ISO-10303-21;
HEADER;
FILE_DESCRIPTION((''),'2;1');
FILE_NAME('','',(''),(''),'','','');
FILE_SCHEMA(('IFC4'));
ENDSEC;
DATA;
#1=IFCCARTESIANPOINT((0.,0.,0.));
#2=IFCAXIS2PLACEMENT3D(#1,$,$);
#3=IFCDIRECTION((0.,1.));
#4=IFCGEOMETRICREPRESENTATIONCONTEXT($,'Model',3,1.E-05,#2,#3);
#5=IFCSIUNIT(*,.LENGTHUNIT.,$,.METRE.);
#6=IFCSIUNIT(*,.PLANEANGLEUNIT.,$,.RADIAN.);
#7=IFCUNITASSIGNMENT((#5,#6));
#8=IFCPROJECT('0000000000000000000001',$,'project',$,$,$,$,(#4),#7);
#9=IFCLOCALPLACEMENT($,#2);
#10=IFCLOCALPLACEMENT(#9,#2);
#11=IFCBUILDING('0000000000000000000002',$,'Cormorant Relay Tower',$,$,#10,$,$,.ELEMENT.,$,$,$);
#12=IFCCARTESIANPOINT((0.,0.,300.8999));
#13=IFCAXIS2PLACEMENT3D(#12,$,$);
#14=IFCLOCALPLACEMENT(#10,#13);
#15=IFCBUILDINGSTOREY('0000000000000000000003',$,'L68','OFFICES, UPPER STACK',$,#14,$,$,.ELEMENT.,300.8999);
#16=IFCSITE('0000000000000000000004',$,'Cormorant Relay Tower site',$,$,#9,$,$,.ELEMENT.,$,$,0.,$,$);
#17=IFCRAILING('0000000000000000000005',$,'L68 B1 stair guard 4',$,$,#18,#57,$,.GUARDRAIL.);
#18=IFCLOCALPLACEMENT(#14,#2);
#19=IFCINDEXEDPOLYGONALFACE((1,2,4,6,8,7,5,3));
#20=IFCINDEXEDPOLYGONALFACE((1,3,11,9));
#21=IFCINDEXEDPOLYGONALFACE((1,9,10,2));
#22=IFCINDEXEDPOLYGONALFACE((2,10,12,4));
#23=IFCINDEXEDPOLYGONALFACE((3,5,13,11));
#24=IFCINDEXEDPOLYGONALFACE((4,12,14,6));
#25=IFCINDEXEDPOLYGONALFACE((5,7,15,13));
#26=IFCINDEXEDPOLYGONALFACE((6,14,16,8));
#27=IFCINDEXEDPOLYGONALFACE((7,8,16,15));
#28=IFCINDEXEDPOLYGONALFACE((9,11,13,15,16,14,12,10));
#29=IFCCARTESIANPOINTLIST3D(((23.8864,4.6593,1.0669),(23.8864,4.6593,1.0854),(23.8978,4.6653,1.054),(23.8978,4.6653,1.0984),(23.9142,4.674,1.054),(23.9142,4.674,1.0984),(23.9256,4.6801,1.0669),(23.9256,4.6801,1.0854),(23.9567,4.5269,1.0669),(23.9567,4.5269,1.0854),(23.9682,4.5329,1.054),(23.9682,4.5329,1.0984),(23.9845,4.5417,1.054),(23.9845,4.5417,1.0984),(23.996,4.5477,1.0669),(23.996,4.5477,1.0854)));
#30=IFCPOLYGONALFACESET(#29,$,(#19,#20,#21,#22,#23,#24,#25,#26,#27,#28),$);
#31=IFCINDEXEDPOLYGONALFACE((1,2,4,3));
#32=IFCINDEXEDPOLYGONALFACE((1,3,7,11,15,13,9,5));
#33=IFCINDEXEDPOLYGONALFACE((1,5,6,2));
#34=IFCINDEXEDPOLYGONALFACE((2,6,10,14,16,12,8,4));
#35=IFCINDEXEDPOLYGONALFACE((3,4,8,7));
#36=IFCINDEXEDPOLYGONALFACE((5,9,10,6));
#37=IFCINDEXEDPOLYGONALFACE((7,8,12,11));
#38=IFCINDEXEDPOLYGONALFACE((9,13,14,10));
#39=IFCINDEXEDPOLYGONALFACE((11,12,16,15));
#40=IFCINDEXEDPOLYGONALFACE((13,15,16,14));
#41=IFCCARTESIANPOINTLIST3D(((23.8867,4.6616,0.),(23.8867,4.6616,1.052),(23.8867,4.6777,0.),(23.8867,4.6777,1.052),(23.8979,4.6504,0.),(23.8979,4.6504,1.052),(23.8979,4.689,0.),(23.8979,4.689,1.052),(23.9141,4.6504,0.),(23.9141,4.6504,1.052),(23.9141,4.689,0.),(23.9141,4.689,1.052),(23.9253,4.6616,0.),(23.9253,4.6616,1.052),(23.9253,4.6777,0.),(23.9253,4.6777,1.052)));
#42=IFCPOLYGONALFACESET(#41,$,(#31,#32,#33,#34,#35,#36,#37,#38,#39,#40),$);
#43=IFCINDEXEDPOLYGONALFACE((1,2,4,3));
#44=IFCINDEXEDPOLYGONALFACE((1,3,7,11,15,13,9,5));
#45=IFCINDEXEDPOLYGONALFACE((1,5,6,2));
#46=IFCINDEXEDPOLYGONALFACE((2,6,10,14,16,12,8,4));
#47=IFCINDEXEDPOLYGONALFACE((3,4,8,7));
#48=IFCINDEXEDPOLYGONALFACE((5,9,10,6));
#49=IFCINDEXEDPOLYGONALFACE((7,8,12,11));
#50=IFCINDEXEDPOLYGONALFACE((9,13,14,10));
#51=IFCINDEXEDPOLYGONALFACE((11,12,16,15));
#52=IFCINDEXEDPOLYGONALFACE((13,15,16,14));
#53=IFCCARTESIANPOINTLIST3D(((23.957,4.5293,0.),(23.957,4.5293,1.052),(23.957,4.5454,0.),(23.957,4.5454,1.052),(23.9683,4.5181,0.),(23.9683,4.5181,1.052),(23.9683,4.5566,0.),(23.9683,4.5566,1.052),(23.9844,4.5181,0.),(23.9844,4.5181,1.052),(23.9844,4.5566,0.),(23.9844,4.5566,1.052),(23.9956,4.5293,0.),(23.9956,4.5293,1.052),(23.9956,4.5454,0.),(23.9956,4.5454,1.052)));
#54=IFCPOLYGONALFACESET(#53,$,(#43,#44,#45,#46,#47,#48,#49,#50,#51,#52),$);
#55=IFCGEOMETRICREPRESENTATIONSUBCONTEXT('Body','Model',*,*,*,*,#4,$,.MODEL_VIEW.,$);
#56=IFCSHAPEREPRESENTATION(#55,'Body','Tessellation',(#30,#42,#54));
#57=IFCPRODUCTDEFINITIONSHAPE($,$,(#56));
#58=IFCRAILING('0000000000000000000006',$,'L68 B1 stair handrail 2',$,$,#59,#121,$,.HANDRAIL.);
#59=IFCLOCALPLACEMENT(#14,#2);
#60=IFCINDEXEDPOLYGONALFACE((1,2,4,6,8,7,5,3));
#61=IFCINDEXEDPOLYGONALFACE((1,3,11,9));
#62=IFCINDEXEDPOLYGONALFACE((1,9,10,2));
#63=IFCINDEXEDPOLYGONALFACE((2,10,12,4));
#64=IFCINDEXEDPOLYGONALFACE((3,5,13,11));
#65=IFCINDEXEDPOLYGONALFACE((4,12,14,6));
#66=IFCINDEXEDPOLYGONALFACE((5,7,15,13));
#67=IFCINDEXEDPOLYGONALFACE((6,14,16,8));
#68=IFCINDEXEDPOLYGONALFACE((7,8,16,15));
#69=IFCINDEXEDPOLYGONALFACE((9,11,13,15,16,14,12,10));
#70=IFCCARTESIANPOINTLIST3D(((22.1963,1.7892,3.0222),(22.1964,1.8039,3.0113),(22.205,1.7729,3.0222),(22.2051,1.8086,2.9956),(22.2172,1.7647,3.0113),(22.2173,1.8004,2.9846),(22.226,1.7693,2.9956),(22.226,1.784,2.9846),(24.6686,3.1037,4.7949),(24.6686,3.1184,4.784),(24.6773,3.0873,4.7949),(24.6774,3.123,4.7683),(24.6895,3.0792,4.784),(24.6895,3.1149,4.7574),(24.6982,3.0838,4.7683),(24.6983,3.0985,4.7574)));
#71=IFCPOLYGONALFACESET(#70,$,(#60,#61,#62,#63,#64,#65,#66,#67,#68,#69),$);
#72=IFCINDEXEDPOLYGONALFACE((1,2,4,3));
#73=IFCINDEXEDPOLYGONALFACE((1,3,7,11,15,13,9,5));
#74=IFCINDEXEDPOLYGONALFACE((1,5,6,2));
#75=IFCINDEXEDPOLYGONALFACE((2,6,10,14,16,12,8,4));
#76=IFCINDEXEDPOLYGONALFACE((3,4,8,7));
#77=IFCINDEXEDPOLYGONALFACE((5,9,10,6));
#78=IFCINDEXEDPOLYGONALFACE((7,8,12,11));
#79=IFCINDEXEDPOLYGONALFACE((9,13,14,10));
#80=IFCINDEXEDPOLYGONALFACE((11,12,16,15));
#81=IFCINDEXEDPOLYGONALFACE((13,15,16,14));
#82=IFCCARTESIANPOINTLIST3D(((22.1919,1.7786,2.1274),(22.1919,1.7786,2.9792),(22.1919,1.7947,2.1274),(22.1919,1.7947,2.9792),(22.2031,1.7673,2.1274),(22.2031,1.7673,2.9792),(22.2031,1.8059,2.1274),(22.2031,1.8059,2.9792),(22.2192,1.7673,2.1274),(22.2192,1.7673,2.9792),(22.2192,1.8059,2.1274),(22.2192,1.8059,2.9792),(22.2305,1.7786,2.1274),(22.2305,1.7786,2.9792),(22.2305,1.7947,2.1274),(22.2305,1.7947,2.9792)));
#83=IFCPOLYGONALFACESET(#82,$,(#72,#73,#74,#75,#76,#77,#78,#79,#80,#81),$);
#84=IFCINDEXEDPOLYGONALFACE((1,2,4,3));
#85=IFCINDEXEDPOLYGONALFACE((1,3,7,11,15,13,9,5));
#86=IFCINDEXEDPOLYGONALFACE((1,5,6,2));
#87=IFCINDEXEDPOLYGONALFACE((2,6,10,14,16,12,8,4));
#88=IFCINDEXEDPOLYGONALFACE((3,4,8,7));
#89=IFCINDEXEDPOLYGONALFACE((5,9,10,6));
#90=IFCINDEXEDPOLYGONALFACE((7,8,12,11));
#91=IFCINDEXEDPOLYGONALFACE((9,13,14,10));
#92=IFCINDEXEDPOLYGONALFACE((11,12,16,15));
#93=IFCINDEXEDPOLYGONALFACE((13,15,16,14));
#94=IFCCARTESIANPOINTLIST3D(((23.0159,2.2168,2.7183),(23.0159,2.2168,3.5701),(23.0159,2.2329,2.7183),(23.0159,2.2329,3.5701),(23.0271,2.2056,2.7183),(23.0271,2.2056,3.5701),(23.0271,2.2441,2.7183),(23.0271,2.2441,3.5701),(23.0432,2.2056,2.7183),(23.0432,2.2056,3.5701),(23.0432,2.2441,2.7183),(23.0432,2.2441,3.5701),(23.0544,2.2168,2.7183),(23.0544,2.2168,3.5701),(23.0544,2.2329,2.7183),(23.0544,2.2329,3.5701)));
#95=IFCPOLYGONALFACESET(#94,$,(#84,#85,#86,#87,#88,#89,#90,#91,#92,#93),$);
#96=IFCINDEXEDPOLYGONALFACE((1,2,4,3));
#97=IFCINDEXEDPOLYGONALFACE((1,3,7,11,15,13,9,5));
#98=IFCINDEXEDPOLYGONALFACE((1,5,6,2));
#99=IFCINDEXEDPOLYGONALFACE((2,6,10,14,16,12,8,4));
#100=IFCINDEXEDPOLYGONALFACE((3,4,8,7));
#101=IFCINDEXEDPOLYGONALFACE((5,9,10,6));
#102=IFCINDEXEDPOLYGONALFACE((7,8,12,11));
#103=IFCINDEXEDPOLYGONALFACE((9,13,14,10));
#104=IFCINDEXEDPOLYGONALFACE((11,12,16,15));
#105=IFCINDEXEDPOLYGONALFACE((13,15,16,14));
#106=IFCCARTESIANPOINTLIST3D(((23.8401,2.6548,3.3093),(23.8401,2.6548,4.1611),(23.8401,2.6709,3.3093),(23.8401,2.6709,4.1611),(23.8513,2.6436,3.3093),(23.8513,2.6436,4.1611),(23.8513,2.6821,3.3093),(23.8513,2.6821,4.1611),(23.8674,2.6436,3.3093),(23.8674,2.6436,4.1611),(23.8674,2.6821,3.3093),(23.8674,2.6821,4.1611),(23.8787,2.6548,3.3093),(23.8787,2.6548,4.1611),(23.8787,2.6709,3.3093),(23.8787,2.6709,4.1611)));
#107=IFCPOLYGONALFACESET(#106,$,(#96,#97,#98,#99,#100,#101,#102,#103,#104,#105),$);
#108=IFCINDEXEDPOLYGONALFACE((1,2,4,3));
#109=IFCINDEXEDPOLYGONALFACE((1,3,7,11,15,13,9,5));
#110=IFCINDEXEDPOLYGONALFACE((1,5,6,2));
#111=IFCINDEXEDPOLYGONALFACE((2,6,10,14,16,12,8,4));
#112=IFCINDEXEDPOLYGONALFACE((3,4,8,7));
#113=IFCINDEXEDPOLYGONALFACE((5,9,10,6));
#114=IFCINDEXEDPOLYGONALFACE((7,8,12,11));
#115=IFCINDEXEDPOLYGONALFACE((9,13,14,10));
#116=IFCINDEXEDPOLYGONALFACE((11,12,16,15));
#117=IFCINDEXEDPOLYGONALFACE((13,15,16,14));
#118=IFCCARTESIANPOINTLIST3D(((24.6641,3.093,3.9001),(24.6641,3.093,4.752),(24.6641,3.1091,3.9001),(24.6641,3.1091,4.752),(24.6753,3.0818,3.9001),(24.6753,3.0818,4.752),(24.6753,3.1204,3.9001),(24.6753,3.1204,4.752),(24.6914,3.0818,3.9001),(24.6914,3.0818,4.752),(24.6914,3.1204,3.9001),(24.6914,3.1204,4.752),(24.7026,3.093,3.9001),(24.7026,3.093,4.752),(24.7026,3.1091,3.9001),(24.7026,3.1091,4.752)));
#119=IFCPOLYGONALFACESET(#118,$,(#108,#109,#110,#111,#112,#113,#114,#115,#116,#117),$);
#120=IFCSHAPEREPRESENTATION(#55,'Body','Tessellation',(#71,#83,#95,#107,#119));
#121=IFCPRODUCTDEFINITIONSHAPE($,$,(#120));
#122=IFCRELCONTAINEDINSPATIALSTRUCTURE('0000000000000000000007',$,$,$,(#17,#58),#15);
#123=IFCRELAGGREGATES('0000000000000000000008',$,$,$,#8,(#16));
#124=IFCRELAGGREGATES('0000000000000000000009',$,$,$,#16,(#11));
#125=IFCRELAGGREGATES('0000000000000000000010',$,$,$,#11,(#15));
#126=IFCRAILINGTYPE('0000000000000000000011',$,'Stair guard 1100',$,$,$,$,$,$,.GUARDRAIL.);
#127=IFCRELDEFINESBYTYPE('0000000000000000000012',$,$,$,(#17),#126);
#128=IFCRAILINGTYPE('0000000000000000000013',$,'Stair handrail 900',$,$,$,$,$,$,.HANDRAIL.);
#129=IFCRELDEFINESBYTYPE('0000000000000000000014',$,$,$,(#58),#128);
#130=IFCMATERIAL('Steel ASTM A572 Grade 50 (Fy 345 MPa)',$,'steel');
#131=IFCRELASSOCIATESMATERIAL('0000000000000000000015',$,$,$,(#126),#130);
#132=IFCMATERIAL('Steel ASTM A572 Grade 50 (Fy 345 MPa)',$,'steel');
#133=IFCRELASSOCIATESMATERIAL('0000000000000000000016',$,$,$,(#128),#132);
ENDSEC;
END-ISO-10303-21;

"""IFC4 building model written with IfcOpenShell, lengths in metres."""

from ifc_helpers import new_model, si_unit, direction, frame, origin, place, context, subcontext, project, spatial, polyline, outline, extrude, material, type_object, element, save


model = new_model("IFC4")

# Units and contexts
model_context = context("Model", 3, precision=1e-05, world=origin(), true_north=direction((0.0, 1.0)))
body_context = subcontext(model_context, "Body", "Model", "MODEL_VIEW")
ifc_project = project(units=[si_unit("LENGTHUNIT", "METRE"), si_unit("PLANEANGLEUNIT", "RADIAN")], contexts=[model_context])

# Site, building, storey
site_placement = place(None, origin())
site = spatial("IfcSite", under=ifc_project, at=site_placement, Name="Cormorant Relay Tower site", CompositionType="ELEMENT", RefElevation=0.0)
building_placement = place(site_placement, origin())
building = spatial("IfcBuilding", under=site, at=building_placement, Name="Cormorant Relay Tower", CompositionType="ELEMENT")
storey_placement = place(building_placement, frame((0.0, 0.0, 300.8999)))
storey = spatial("IfcBuildingStorey", under=building, at=storey_placement, Name="L68", Description="OFFICES, UPPER STACK", CompositionType="ELEMENT", Elevation=300.8999)

# Railings
ifc_material_1 = material(Name="Steel ASTM A572 Grade 50 (Fy 345 MPa)", Category="steel")
railing_type_1 = type_object("IfcRailingType", Name="Stair guard 1100", PredefinedType="GUARDRAIL", material=ifc_material_1)
railing_1_placement = place(storey_placement, frame((23.906, 4.6697, 0.0)))
element("IfcRailing", 1, at=railing_1_placement, inside=storey, type_object=railing_type_1, Name="L68 B1 stair guard 4", PredefinedType="GUARDRAIL", context=body_context, shape_type="SweptSolid", body=[
    extrude(outline(polyline([(0.0222, 0.0093), (0.0093, 0.0222), (-0.0093, 0.0222), (-0.0222, 0.0093), (-0.0222, -0.0093), (-0.0093, -0.0222), (0.0093, -0.0222), (0.0222, -0.0093), (0.0222, 0.0093)])), frame((0.0, 0.0, 1.0762), z_axis=(0.469235, -0.883074, 0.0), x_axis=(0.883074, 0.469235, 0.0)), (0.0, 0.0, 1.0), 0.1499),
    extrude(outline(polyline([(0.0193, 0.0081), (0.0081, 0.0193), (-0.0081, 0.0193), (-0.0193, 0.0081), (-0.0193, -0.0081), (-0.0081, -0.0193), (0.0081, -0.0193), (0.0193, -0.0081), (0.0193, 0.0081)])), origin(), (0.0, 0.0, 1.0), 1.052),
    extrude(outline(polyline([(0.0193, 0.0081), (0.0081, 0.0193), (-0.0081, 0.0193), (-0.0193, 0.0081), (-0.0193, -0.0081), (-0.0081, -0.0193), (0.0081, -0.0193), (0.0193, -0.0081), (0.0193, 0.0081)])), frame((0.0703, -0.1323, 0.0)), (0.0, 0.0, 1.0), 1.052),
])
ifc_material_2 = material(Name="Steel ASTM A572 Grade 50 (Fy 345 MPa)", Category="steel")
railing_type_2 = type_object("IfcRailingType", Name="Stair handrail 900", PredefinedType="HANDRAIL", material=ifc_material_2)
railing_2_placement = place(storey_placement, frame((22.2112, 1.7866, 2.1274)))
element("IfcRailing", 2, at=railing_2_placement, inside=storey, type_object=railing_type_2, Name="L68 B1 stair handrail 2", PredefinedType="HANDRAIL", context=body_context, shape_type="SweptSolid", body=[
    extrude(outline(polyline([(0.0222, 0.0093), (0.0093, 0.0222), (-0.0093, 0.0222), (-0.0222, 0.0093), (-0.0222, -0.0093), (-0.0093, -0.0222), (0.0093, -0.0222), (0.0222, -0.0093), (0.0222, 0.0093)])), frame((0.0, 0.0, 0.876), z_axis=(0.746001, 0.396649, 0.534931), x_axis=(-0.469465, 0.882951, 0.0)), (0.0, 0.0, 1.0), 3.314),
    extrude(outline(polyline([(0.0193, 0.0081), (0.0081, 0.0193), (-0.0081, 0.0193), (-0.0193, 0.0081), (-0.0193, -0.0081), (-0.0081, -0.0193), (0.0081, -0.0193), (0.0193, -0.0081), (0.0193, 0.0081)])), origin(), (0.0, 0.0, 1.0), 0.8518),
    extrude(outline(polyline([(0.0193, 0.0081), (0.0081, 0.0193), (-0.0081, 0.0193), (-0.0193, 0.0081), (-0.0193, -0.0081), (-0.0081, -0.0193), (0.0081, -0.0193), (0.0193, -0.0081), (0.0193, 0.0081)])), frame((0.824, 0.4382, 0.5908)), (0.0, 0.0, 1.0), 0.8518),
    extrude(outline(polyline([(0.0193, 0.0081), (0.0081, 0.0193), (-0.0081, 0.0193), (-0.0193, 0.0081), (-0.0193, -0.0081), (-0.0081, -0.0193), (0.0081, -0.0193), (0.0193, -0.0081), (0.0193, 0.0081)])), frame((1.6482, 0.8762, 1.1819)), (0.0, 0.0, 1.0), 0.8518),
    extrude(outline(polyline([(0.0193, 0.0081), (0.0081, 0.0193), (-0.0081, 0.0193), (-0.0193, 0.0081), (-0.0193, -0.0081), (-0.0081, -0.0193), (0.0081, -0.0193), (0.0193, -0.0081), (0.0193, 0.0081)])), frame((2.4722, 1.3145, 1.7727)), (0.0, 0.0, 1.0), 0.8518),
])

save(model, "model.ifc")
